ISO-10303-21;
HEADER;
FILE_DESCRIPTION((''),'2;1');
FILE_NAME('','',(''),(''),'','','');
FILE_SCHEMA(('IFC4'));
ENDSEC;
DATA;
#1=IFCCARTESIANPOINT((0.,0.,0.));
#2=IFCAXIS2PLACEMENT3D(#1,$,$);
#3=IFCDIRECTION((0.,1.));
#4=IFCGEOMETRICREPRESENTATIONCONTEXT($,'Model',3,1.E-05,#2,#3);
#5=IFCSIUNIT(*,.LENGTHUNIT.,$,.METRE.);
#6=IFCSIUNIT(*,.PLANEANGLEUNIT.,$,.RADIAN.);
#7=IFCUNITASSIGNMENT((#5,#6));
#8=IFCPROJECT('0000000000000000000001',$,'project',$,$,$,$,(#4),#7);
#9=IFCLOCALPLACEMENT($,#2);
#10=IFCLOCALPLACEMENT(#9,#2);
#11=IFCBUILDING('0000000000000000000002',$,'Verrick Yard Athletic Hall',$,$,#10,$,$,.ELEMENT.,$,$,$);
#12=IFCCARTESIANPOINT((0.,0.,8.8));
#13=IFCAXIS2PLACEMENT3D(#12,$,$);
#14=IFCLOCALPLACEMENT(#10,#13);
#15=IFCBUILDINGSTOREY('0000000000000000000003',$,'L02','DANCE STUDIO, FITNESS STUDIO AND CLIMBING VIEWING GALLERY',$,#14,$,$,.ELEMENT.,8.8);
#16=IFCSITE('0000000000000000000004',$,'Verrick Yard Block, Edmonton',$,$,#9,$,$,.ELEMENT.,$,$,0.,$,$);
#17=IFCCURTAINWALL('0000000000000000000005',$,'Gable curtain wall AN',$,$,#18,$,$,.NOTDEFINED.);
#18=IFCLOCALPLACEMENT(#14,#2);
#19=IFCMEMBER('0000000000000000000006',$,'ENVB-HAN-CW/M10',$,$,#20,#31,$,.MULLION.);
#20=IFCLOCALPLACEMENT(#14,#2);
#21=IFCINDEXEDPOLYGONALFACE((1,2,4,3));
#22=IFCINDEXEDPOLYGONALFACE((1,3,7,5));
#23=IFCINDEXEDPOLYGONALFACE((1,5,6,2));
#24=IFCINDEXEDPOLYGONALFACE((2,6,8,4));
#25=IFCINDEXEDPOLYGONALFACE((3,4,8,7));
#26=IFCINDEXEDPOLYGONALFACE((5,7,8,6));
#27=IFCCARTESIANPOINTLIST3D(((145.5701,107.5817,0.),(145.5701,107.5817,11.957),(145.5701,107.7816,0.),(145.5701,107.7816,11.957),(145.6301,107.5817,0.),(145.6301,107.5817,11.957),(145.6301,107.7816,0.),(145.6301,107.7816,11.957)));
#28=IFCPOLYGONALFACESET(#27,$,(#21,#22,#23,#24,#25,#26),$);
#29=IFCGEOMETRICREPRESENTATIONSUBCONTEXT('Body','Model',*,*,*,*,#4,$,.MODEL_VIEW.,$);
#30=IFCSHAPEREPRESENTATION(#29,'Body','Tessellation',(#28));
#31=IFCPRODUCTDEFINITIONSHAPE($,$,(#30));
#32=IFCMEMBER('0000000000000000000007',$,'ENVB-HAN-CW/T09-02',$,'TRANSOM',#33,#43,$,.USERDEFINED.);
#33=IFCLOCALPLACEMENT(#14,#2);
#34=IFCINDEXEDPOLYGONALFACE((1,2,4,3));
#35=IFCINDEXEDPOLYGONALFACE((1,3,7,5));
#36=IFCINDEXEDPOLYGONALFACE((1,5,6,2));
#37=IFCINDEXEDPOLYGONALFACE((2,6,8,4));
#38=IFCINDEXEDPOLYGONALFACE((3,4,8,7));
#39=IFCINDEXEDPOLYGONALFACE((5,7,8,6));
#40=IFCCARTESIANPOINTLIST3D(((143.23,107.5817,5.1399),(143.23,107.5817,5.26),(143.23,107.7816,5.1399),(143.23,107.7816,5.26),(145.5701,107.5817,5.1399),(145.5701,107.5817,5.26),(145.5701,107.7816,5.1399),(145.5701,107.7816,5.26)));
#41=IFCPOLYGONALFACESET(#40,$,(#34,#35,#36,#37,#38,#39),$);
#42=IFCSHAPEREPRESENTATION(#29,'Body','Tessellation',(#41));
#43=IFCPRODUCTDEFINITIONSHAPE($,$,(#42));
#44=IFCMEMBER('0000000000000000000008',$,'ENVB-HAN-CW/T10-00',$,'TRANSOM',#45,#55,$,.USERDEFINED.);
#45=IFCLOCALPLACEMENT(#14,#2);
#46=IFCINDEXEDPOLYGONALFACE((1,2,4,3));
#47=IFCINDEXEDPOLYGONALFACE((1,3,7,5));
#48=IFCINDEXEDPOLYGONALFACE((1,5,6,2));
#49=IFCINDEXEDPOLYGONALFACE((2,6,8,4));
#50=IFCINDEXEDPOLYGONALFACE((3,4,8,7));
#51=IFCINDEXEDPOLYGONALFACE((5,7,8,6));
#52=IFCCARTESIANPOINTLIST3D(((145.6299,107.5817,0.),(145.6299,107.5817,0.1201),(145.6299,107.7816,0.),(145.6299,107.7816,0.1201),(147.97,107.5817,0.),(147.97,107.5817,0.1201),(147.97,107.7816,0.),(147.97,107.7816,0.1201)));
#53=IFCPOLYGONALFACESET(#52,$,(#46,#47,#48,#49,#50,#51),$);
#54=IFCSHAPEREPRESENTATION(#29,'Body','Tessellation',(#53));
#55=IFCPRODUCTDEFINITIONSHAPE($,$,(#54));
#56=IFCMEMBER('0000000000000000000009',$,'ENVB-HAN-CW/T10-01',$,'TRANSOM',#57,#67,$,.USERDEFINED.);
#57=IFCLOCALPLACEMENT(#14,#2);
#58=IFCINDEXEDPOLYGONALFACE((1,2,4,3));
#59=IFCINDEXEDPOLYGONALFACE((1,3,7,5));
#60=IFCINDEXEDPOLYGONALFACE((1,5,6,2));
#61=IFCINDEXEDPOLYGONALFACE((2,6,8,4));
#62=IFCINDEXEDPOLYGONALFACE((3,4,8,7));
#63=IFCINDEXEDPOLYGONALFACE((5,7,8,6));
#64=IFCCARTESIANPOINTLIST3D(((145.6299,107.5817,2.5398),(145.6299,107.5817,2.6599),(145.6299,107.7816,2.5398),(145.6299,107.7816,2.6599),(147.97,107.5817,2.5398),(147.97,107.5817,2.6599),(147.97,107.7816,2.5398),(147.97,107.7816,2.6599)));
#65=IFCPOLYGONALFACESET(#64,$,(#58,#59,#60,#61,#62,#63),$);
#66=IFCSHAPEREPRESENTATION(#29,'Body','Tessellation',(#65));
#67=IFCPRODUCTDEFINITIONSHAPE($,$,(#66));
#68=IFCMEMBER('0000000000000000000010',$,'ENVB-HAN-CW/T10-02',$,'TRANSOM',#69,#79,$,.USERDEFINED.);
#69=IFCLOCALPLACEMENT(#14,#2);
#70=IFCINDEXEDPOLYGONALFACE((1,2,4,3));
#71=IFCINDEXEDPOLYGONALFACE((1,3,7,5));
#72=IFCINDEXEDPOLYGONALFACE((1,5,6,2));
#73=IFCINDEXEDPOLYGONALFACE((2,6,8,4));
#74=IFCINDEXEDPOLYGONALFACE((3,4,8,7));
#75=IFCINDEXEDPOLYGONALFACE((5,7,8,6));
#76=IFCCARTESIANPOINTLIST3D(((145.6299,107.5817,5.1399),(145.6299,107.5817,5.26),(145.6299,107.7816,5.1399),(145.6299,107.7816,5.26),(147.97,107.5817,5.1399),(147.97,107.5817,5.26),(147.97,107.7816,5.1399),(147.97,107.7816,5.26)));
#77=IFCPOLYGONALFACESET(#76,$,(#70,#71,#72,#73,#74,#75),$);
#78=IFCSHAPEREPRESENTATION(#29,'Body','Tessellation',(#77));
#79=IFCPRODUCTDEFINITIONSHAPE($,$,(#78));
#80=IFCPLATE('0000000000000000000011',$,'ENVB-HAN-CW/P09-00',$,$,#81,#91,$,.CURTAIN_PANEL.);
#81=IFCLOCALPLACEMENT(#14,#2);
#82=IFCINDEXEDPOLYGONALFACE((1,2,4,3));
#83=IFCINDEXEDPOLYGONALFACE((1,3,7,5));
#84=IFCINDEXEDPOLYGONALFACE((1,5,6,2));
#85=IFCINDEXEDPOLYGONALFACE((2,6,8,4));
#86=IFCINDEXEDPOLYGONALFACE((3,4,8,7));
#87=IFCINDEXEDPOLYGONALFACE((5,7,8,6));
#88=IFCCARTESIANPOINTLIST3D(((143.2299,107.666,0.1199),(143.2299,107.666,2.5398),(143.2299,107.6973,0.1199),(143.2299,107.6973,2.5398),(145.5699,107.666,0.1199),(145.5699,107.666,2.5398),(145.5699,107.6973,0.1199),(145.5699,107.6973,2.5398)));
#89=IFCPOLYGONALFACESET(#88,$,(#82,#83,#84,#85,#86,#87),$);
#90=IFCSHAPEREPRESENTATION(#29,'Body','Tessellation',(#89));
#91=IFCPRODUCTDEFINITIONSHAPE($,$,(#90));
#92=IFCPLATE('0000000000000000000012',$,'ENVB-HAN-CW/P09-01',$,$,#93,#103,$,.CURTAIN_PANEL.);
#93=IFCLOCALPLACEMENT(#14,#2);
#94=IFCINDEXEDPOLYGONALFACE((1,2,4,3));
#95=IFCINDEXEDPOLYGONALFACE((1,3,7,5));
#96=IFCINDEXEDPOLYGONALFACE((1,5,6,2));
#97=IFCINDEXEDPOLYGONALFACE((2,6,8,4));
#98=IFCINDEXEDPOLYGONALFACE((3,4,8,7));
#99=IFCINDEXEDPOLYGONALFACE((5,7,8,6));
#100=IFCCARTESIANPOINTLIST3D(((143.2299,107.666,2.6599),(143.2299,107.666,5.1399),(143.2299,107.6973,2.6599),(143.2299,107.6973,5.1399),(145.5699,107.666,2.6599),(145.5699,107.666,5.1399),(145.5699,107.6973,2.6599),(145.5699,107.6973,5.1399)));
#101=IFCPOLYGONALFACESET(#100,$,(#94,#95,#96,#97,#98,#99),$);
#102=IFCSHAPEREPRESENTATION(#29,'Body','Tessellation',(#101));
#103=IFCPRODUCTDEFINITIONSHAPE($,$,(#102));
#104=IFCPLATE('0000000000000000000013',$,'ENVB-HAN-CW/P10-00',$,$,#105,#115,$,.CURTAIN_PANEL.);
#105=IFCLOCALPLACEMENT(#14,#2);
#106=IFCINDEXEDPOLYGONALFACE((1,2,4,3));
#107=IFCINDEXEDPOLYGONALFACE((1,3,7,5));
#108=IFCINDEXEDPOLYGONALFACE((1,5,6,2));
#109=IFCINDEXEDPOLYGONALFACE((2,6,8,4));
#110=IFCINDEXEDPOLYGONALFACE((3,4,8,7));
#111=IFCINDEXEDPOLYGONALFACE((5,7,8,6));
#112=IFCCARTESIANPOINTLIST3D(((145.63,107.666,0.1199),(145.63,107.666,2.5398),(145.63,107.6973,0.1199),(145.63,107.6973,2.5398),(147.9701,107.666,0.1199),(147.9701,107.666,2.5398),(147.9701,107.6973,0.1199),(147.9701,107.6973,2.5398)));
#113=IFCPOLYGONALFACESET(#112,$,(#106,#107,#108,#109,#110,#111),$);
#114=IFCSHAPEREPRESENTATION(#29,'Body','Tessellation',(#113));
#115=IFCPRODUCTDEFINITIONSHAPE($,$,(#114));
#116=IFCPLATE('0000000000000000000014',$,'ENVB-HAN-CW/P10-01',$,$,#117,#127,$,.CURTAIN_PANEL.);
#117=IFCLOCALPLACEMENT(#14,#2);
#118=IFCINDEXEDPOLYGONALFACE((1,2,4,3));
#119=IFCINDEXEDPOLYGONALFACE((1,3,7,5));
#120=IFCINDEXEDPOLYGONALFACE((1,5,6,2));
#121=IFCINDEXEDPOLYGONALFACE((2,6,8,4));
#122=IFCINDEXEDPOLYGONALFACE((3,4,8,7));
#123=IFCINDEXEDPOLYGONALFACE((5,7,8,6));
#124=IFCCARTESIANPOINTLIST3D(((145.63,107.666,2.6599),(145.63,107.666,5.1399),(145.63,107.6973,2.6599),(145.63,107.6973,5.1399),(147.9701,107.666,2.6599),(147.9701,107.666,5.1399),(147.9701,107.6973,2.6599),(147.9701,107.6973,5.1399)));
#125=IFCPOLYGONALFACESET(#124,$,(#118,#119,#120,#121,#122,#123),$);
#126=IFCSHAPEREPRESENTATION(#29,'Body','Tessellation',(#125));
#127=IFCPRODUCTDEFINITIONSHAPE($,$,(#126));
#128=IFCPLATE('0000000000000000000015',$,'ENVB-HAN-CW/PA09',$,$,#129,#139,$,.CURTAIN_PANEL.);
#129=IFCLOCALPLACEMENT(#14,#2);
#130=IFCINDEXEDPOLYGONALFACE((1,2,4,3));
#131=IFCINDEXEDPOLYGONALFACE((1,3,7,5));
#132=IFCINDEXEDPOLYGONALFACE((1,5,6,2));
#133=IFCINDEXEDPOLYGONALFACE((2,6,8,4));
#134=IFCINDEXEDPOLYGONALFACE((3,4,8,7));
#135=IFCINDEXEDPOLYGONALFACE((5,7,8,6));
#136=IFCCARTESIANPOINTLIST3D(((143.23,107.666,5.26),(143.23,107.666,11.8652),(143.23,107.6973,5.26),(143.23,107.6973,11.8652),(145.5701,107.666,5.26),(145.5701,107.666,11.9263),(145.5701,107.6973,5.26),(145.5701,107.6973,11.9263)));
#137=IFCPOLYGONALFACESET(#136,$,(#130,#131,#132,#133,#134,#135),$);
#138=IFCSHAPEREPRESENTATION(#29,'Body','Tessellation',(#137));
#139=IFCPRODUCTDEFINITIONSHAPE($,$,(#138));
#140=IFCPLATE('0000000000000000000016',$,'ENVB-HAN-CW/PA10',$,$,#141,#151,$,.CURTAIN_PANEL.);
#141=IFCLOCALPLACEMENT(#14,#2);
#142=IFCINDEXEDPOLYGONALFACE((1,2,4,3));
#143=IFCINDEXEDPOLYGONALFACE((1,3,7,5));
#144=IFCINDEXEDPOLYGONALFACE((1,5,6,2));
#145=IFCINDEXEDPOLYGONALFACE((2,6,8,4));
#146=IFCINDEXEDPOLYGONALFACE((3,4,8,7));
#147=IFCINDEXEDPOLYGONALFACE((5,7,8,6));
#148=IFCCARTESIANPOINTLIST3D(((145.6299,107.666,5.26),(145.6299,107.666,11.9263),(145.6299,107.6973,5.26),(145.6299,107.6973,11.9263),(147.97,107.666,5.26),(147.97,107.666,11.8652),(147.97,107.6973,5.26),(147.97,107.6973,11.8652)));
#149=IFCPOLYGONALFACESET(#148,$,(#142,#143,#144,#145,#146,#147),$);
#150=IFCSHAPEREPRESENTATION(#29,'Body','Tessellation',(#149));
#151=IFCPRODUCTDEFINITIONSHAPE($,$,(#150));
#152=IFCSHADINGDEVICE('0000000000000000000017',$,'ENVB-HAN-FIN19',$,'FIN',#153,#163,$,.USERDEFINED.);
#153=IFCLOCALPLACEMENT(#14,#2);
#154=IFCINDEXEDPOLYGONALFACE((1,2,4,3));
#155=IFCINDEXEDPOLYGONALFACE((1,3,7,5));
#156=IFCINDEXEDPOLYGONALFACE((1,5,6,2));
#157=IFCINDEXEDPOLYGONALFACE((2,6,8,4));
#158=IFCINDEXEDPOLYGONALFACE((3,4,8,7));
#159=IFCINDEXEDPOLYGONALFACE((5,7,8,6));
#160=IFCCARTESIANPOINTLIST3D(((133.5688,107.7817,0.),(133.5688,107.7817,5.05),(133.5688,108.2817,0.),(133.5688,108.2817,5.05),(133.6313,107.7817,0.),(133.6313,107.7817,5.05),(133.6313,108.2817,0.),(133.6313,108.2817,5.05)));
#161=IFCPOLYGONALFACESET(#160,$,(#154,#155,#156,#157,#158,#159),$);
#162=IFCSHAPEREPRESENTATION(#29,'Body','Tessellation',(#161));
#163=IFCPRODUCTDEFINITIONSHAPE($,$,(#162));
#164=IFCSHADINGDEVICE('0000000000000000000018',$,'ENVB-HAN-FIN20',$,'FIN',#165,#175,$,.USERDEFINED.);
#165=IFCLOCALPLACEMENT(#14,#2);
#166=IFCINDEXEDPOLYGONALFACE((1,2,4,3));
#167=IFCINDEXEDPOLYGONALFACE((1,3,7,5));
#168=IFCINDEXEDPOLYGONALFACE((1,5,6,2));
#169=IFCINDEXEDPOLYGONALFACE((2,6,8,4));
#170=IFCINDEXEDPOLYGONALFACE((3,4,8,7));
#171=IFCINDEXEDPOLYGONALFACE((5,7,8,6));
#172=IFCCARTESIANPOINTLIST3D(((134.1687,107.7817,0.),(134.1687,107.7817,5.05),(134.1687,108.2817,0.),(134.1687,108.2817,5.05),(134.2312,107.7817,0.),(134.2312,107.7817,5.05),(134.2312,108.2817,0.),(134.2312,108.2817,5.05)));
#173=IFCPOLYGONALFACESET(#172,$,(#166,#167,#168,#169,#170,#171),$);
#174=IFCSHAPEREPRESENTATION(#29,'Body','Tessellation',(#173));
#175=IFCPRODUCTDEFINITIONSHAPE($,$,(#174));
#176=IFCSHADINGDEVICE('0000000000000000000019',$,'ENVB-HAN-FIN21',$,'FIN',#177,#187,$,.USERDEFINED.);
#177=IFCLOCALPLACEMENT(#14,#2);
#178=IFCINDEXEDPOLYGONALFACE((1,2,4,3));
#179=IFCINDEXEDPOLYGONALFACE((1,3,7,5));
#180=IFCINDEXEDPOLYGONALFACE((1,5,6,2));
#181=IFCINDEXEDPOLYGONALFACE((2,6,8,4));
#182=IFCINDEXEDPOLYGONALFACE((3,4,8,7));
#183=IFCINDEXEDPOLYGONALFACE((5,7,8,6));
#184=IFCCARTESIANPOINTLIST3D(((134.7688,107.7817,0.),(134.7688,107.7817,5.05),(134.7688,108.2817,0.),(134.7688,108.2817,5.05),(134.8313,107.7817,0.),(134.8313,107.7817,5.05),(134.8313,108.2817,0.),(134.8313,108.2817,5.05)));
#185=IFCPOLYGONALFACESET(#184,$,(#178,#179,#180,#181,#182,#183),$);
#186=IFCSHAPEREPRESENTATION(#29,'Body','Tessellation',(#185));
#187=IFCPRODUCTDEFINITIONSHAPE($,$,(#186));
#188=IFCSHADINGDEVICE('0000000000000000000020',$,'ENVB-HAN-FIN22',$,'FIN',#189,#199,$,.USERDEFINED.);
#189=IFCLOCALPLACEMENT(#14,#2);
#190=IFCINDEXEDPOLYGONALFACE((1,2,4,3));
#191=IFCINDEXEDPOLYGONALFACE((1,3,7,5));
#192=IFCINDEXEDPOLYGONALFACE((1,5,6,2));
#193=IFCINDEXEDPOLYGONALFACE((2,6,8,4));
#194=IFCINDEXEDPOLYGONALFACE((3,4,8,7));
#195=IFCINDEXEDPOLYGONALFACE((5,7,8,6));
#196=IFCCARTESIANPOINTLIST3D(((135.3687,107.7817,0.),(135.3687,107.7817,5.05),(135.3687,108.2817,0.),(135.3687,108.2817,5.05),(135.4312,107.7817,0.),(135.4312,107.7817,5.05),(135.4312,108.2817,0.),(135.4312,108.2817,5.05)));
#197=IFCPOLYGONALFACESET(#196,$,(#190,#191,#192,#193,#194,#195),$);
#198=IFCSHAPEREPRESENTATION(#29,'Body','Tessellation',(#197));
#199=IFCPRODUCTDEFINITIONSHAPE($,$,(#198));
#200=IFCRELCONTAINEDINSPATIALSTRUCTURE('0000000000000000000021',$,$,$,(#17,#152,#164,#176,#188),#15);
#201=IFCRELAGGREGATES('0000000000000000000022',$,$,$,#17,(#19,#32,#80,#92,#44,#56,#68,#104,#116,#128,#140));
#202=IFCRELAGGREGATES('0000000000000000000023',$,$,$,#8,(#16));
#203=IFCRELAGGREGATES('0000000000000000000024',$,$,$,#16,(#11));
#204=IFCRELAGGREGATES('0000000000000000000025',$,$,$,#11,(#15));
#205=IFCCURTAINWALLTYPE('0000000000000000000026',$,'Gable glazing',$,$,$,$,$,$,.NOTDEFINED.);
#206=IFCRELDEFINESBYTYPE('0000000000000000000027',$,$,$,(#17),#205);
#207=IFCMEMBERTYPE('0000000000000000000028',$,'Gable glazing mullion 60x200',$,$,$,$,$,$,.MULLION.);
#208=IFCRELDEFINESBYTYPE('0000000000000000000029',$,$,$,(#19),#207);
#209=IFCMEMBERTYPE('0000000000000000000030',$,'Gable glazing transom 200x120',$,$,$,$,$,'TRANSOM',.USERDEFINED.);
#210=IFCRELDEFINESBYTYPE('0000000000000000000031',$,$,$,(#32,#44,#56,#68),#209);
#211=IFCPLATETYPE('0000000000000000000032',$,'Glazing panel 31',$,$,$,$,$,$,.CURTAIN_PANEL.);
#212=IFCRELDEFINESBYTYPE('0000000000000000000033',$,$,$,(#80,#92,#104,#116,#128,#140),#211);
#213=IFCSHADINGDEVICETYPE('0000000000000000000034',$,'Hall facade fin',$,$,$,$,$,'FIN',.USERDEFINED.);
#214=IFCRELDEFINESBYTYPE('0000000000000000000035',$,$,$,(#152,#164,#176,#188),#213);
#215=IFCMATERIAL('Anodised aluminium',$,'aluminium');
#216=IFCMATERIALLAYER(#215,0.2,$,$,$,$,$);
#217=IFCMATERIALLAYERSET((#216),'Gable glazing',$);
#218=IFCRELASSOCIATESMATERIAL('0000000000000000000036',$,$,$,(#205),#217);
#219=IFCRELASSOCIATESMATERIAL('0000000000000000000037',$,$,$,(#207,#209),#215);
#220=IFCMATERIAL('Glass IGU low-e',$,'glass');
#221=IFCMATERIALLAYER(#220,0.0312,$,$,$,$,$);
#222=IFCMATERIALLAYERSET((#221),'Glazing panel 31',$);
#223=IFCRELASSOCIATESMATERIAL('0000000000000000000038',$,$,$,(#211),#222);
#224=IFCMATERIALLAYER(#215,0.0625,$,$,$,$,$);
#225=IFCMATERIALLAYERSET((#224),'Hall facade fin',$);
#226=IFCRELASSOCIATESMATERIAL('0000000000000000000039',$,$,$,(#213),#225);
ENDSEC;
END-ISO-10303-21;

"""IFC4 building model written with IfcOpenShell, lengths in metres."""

from ifc_helpers import new_model, si_unit, direction, frame, origin, origin_2d, place, context, subcontext, project, spatial, polyline, rectangle, outline, extrude, material, layer, layer_set, material_profile, profile_set, type_object, element, aggregate, save


model = new_model("IFC4")

# Units and contexts
model_context = context("Model", 3, precision=1e-05, world=origin(), true_north=direction((0.0, 1.0)))
body_context = subcontext(model_context, "Body", "Model", "MODEL_VIEW")
ifc_project = project(units=[si_unit("LENGTHUNIT", "METRE"), si_unit("PLANEANGLEUNIT", "RADIAN")], contexts=[model_context])

# Site, building, storey
site_placement = place(None, origin())
site = spatial("IfcSite", under=ifc_project, at=site_placement, Name="Verrick Yard Block, Edmonton", CompositionType="ELEMENT", RefElevation=0.0)
building_placement = place(site_placement, origin())
building = spatial("IfcBuilding", under=site, at=building_placement, Name="Verrick Yard Athletic Hall", CompositionType="ELEMENT")
storey_placement = place(building_placement, frame((0.0, 0.0, 8.8)))
storey = spatial("IfcBuildingStorey", under=building, at=storey_placement, Name="L02", Description="DANCE STUDIO, FITNESS STUDIO AND CLIMBING VIEWING GALLERY", CompositionType="ELEMENT", Elevation=8.8)

# Curtain wall, members, plates
ifc_material_1 = material(Name="Anodised aluminium", Category="aluminium")
ifc_layer_1 = layer(ifc_material_1, 0.2)
ifc_layer_set_1 = layer_set([ifc_layer_1], Name="Gable glazing")
curtain_wall_type = type_object("IfcCurtainWallType", Name="Gable glazing", PredefinedType="NOTDEFINED", material=ifc_layer_set_1)
curtain_wall_placement = place(storey_placement, origin())
curtain_wall = element("IfcCurtainWall", 1, at=curtain_wall_placement, inside=storey, type_object=curtain_wall_type, Name="Gable curtain wall AN", PredefinedType="NOTDEFINED")
ifc_material_profile_1 = material_profile(ifc_material_1, rectangle(XDim=0.2, YDim=0.0601, at=origin_2d()), Name="CW gable mullion 60x200")
ifc_profile_set_1 = profile_set([ifc_material_profile_1], Name="Anodised aluminium")
member_type_1 = type_object("IfcMemberType", Name="Gable glazing mullion 60x200", PredefinedType="MULLION", material=ifc_profile_set_1)
member_1_placement = place(storey_placement, frame((145.6001, 107.6816, 0.0), z_axis=(0.0, 0.0, 1.0), x_axis=(0.0, 1.0, 0.0)))
member_1 = element("IfcMember", 2, at=member_1_placement, type_object=member_type_1, Name="ENVB-HAN-CW/M10", PredefinedType="MULLION", context=body_context, shape_type="SweptSolid", body=[
    extrude(rectangle(XDim=0.2, YDim=0.0601, at=origin_2d()), origin(), (0.0, 0.0, 1.0), 11.957),
])
ifc_material_profile_2 = material_profile(ifc_material_1, rectangle(XDim=0.2, YDim=0.1201, at=origin_2d()), Name="CW gable transom 200x120")
ifc_profile_set_2 = profile_set([ifc_material_profile_2], Name="Anodised aluminium")
member_type_2 = type_object("IfcMemberType", Name="Gable glazing transom 200x120", ElementType="TRANSOM", PredefinedType="USERDEFINED", material=ifc_profile_set_2)
member_2_placement = place(storey_placement, frame((143.23, 107.6816, 5.2), z_axis=(1.0, 0.0, 0.0), x_axis=(0.0, 1.0, 0.0)))
member_2 = element("IfcMember", 3, at=member_2_placement, type_object=member_type_2, Name="ENVB-HAN-CW/T09-02", ObjectType="TRANSOM", PredefinedType="USERDEFINED", context=body_context, shape_type="SweptSolid", body=[
    extrude(rectangle(XDim=0.2, YDim=0.1201, at=origin_2d()), origin(), (0.0, 0.0, 1.0), 2.3401),
])
member_3_placement = place(storey_placement, frame((145.6299, 107.6816, 0.0601), z_axis=(1.0, 0.0, 0.0), x_axis=(0.0, 1.0, 0.0)))
member_3 = element("IfcMember", 4, at=member_3_placement, type_object=member_type_2, Name="ENVB-HAN-CW/T10-00", ObjectType="TRANSOM", PredefinedType="USERDEFINED", context=body_context, shape_type="SweptSolid", body=[
    extrude(rectangle(XDim=0.2, YDim=0.1201, at=origin_2d()), origin(), (0.0, 0.0, 1.0), 2.3401),
])
member_4_placement = place(storey_placement, frame((145.6299, 107.6816, 2.5999), z_axis=(1.0, 0.0, 0.0), x_axis=(0.0, 1.0, 0.0)))
member_4 = element("IfcMember", 5, at=member_4_placement, type_object=member_type_2, Name="ENVB-HAN-CW/T10-01", ObjectType="TRANSOM", PredefinedType="USERDEFINED", context=body_context, shape_type="SweptSolid", body=[
    extrude(rectangle(XDim=0.2, YDim=0.1201, at=origin_2d()), origin(), (0.0, 0.0, 1.0), 2.3401),
])
member_5_placement = place(storey_placement, frame((145.6299, 107.6816, 5.2), z_axis=(1.0, 0.0, 0.0), x_axis=(0.0, 1.0, 0.0)))
member_5 = element("IfcMember", 6, at=member_5_placement, type_object=member_type_2, Name="ENVB-HAN-CW/T10-02", ObjectType="TRANSOM", PredefinedType="USERDEFINED", context=body_context, shape_type="SweptSolid", body=[
    extrude(rectangle(XDim=0.2, YDim=0.1201, at=origin_2d()), origin(), (0.0, 0.0, 1.0), 2.3401),
])
ifc_material_2 = material(Name="Glass IGU low-e", Category="glass")
ifc_layer_2 = layer(ifc_material_2, 0.0312)
ifc_layer_set_2 = layer_set([ifc_layer_2], Name="Glazing panel 31")
plate_type = type_object("IfcPlateType", Name="Glazing panel 31", PredefinedType="CURTAIN_PANEL", material=ifc_layer_set_2)
plate_1_placement = place(storey_placement, frame((144.3999, 107.6816, 0.1199), z_axis=(0.0, 0.0, 1.0), x_axis=(1.0, 0.0, 0.0)))
plate_1 = element("IfcPlate", 7, at=plate_1_placement, type_object=plate_type, Name="ENVB-HAN-CW/P09-00", PredefinedType="CURTAIN_PANEL", context=body_context, shape_type="SweptSolid", body=[
    extrude(rectangle(XDim=2.3401, YDim=0.0312, at=origin_2d()), origin(), (0.0, 0.0, 1.0), 2.4199),
])
plate_2_placement = place(storey_placement, frame((144.3999, 107.6816, 2.6599), z_axis=(0.0, 0.0, 1.0), x_axis=(1.0, 0.0, 0.0)))
plate_2 = element("IfcPlate", 8, at=plate_2_placement, type_object=plate_type, Name="ENVB-HAN-CW/P09-01", PredefinedType="CURTAIN_PANEL", context=body_context, shape_type="SweptSolid", body=[
    extrude(rectangle(XDim=2.3401, YDim=0.0312, at=origin_2d()), origin(), (0.0, 0.0, 1.0), 2.48),
])
plate_3_placement = place(storey_placement, frame((146.8, 107.6816, 0.1199), z_axis=(0.0, 0.0, 1.0), x_axis=(1.0, 0.0, 0.0)))
plate_3 = element("IfcPlate", 9, at=plate_3_placement, type_object=plate_type, Name="ENVB-HAN-CW/P10-00", PredefinedType="CURTAIN_PANEL", context=body_context, shape_type="SweptSolid", body=[
    extrude(rectangle(XDim=2.3401, YDim=0.0312, at=origin_2d()), origin(), (0.0, 0.0, 1.0), 2.4199),
])
plate_4_placement = place(storey_placement, frame((146.8, 107.6816, 2.6599), z_axis=(0.0, 0.0, 1.0), x_axis=(1.0, 0.0, 0.0)))
plate_4 = element("IfcPlate", 10, at=plate_4_placement, type_object=plate_type, Name="ENVB-HAN-CW/P10-01", PredefinedType="CURTAIN_PANEL", context=body_context, shape_type="SweptSolid", body=[
    extrude(rectangle(XDim=2.3401, YDim=0.0312, at=origin_2d()), origin(), (0.0, 0.0, 1.0), 2.48),
])
plate_5_placement = place(storey_placement, frame((143.23, 107.6816, 5.26), z_axis=(0.0, 0.0, 1.0), x_axis=(1.0, 0.0, 0.0)))
plate_5 = element("IfcPlate", 11, at=plate_5_placement, type_object=plate_type, Name="ENVB-HAN-CW/PA09", PredefinedType="CURTAIN_PANEL", context=body_context, shape_type="SweptSolid", body=[
    extrude(outline(polyline([(0.0, 6.6052), (2.3401, 6.6663), (2.3401, 0.0), (0.0, 0.0), (0.0, 6.6052)])), frame((0.0, 0.0156, 0.0), z_axis=(0.0, -1.0, 0.0), x_axis=(1.0, 0.0, 0.0)), (0.0, 0.0, 1.0), 0.0312),
])
plate_6_placement = place(storey_placement, frame((145.6299, 107.6816, 5.26), z_axis=(0.0, 0.0, 1.0), x_axis=(1.0, 0.0, 0.0)))
plate_6 = element("IfcPlate", 12, at=plate_6_placement, type_object=plate_type, Name="ENVB-HAN-CW/PA10", PredefinedType="CURTAIN_PANEL", context=body_context, shape_type="SweptSolid", body=[
    extrude(outline(polyline([(0.0, 6.6663), (2.3401, 6.6052), (2.3401, 0.0), (0.0, 0.0), (0.0, 6.6663)])), frame((0.0, 0.0156, 0.0), z_axis=(0.0, -1.0, 0.0), x_axis=(1.0, 0.0, 0.0)), (0.0, 0.0, 1.0), 0.0312),
])
aggregate(curtain_wall, [member_1, member_2, plate_1, plate_2, member_3, member_4, member_5, plate_3, plate_4, plate_5, plate_6])

# Shading devices
ifc_layer_3 = layer(ifc_material_1, 0.0625)
ifc_layer_set_3 = layer_set([ifc_layer_3], Name="Hall facade fin")
shading_device_type = type_object("IfcShadingDeviceType", Name="Hall facade fin", ElementType="FIN", PredefinedType="USERDEFINED", material=ifc_layer_set_3)
for number, where, z_axis, x_axis, name in (
    (13, (133.6001, 107.7817, 0.0), (0.0, 0.0, 1.0), (0.0, 1.0, 0.0), "ENVB-HAN-FIN19"),
    (14, (134.2, 107.7817, 0.0), (0.0, 0.0, 1.0), (0.0, 1.0, 0.0), "ENVB-HAN-FIN20"),
    (15, (134.8, 107.7817, 0.0), (0.0, 0.0, 1.0), (0.0, 1.0, 0.0), "ENVB-HAN-FIN21"),
    (16, (135.3999, 107.7817, 0.0), (0.0, 0.0, 1.0), (0.0, 1.0, 0.0), "ENVB-HAN-FIN22"),
):
    element("IfcShadingDevice", number, at=place(storey_placement, frame(where, z_axis=z_axis, x_axis=x_axis)), inside=storey, type_object=shading_device_type, Name=name, ObjectType="FIN", PredefinedType="USERDEFINED", context=body_context, shape_type="SweptSolid", body=[
        extrude(outline(polyline([(0.0, 0.0), (0.5, 0.0), (0.5, 5.05), (0.0, 5.05), (0.0, 0.0)])), frame((0.0, 0.0312, 0.0), z_axis=(0.0, -1.0, 0.0), x_axis=(1.0, 0.0, 0.0)), (0.0, 0.0, 1.0), 0.0625),
    ])

save(model, "model.ifc")
